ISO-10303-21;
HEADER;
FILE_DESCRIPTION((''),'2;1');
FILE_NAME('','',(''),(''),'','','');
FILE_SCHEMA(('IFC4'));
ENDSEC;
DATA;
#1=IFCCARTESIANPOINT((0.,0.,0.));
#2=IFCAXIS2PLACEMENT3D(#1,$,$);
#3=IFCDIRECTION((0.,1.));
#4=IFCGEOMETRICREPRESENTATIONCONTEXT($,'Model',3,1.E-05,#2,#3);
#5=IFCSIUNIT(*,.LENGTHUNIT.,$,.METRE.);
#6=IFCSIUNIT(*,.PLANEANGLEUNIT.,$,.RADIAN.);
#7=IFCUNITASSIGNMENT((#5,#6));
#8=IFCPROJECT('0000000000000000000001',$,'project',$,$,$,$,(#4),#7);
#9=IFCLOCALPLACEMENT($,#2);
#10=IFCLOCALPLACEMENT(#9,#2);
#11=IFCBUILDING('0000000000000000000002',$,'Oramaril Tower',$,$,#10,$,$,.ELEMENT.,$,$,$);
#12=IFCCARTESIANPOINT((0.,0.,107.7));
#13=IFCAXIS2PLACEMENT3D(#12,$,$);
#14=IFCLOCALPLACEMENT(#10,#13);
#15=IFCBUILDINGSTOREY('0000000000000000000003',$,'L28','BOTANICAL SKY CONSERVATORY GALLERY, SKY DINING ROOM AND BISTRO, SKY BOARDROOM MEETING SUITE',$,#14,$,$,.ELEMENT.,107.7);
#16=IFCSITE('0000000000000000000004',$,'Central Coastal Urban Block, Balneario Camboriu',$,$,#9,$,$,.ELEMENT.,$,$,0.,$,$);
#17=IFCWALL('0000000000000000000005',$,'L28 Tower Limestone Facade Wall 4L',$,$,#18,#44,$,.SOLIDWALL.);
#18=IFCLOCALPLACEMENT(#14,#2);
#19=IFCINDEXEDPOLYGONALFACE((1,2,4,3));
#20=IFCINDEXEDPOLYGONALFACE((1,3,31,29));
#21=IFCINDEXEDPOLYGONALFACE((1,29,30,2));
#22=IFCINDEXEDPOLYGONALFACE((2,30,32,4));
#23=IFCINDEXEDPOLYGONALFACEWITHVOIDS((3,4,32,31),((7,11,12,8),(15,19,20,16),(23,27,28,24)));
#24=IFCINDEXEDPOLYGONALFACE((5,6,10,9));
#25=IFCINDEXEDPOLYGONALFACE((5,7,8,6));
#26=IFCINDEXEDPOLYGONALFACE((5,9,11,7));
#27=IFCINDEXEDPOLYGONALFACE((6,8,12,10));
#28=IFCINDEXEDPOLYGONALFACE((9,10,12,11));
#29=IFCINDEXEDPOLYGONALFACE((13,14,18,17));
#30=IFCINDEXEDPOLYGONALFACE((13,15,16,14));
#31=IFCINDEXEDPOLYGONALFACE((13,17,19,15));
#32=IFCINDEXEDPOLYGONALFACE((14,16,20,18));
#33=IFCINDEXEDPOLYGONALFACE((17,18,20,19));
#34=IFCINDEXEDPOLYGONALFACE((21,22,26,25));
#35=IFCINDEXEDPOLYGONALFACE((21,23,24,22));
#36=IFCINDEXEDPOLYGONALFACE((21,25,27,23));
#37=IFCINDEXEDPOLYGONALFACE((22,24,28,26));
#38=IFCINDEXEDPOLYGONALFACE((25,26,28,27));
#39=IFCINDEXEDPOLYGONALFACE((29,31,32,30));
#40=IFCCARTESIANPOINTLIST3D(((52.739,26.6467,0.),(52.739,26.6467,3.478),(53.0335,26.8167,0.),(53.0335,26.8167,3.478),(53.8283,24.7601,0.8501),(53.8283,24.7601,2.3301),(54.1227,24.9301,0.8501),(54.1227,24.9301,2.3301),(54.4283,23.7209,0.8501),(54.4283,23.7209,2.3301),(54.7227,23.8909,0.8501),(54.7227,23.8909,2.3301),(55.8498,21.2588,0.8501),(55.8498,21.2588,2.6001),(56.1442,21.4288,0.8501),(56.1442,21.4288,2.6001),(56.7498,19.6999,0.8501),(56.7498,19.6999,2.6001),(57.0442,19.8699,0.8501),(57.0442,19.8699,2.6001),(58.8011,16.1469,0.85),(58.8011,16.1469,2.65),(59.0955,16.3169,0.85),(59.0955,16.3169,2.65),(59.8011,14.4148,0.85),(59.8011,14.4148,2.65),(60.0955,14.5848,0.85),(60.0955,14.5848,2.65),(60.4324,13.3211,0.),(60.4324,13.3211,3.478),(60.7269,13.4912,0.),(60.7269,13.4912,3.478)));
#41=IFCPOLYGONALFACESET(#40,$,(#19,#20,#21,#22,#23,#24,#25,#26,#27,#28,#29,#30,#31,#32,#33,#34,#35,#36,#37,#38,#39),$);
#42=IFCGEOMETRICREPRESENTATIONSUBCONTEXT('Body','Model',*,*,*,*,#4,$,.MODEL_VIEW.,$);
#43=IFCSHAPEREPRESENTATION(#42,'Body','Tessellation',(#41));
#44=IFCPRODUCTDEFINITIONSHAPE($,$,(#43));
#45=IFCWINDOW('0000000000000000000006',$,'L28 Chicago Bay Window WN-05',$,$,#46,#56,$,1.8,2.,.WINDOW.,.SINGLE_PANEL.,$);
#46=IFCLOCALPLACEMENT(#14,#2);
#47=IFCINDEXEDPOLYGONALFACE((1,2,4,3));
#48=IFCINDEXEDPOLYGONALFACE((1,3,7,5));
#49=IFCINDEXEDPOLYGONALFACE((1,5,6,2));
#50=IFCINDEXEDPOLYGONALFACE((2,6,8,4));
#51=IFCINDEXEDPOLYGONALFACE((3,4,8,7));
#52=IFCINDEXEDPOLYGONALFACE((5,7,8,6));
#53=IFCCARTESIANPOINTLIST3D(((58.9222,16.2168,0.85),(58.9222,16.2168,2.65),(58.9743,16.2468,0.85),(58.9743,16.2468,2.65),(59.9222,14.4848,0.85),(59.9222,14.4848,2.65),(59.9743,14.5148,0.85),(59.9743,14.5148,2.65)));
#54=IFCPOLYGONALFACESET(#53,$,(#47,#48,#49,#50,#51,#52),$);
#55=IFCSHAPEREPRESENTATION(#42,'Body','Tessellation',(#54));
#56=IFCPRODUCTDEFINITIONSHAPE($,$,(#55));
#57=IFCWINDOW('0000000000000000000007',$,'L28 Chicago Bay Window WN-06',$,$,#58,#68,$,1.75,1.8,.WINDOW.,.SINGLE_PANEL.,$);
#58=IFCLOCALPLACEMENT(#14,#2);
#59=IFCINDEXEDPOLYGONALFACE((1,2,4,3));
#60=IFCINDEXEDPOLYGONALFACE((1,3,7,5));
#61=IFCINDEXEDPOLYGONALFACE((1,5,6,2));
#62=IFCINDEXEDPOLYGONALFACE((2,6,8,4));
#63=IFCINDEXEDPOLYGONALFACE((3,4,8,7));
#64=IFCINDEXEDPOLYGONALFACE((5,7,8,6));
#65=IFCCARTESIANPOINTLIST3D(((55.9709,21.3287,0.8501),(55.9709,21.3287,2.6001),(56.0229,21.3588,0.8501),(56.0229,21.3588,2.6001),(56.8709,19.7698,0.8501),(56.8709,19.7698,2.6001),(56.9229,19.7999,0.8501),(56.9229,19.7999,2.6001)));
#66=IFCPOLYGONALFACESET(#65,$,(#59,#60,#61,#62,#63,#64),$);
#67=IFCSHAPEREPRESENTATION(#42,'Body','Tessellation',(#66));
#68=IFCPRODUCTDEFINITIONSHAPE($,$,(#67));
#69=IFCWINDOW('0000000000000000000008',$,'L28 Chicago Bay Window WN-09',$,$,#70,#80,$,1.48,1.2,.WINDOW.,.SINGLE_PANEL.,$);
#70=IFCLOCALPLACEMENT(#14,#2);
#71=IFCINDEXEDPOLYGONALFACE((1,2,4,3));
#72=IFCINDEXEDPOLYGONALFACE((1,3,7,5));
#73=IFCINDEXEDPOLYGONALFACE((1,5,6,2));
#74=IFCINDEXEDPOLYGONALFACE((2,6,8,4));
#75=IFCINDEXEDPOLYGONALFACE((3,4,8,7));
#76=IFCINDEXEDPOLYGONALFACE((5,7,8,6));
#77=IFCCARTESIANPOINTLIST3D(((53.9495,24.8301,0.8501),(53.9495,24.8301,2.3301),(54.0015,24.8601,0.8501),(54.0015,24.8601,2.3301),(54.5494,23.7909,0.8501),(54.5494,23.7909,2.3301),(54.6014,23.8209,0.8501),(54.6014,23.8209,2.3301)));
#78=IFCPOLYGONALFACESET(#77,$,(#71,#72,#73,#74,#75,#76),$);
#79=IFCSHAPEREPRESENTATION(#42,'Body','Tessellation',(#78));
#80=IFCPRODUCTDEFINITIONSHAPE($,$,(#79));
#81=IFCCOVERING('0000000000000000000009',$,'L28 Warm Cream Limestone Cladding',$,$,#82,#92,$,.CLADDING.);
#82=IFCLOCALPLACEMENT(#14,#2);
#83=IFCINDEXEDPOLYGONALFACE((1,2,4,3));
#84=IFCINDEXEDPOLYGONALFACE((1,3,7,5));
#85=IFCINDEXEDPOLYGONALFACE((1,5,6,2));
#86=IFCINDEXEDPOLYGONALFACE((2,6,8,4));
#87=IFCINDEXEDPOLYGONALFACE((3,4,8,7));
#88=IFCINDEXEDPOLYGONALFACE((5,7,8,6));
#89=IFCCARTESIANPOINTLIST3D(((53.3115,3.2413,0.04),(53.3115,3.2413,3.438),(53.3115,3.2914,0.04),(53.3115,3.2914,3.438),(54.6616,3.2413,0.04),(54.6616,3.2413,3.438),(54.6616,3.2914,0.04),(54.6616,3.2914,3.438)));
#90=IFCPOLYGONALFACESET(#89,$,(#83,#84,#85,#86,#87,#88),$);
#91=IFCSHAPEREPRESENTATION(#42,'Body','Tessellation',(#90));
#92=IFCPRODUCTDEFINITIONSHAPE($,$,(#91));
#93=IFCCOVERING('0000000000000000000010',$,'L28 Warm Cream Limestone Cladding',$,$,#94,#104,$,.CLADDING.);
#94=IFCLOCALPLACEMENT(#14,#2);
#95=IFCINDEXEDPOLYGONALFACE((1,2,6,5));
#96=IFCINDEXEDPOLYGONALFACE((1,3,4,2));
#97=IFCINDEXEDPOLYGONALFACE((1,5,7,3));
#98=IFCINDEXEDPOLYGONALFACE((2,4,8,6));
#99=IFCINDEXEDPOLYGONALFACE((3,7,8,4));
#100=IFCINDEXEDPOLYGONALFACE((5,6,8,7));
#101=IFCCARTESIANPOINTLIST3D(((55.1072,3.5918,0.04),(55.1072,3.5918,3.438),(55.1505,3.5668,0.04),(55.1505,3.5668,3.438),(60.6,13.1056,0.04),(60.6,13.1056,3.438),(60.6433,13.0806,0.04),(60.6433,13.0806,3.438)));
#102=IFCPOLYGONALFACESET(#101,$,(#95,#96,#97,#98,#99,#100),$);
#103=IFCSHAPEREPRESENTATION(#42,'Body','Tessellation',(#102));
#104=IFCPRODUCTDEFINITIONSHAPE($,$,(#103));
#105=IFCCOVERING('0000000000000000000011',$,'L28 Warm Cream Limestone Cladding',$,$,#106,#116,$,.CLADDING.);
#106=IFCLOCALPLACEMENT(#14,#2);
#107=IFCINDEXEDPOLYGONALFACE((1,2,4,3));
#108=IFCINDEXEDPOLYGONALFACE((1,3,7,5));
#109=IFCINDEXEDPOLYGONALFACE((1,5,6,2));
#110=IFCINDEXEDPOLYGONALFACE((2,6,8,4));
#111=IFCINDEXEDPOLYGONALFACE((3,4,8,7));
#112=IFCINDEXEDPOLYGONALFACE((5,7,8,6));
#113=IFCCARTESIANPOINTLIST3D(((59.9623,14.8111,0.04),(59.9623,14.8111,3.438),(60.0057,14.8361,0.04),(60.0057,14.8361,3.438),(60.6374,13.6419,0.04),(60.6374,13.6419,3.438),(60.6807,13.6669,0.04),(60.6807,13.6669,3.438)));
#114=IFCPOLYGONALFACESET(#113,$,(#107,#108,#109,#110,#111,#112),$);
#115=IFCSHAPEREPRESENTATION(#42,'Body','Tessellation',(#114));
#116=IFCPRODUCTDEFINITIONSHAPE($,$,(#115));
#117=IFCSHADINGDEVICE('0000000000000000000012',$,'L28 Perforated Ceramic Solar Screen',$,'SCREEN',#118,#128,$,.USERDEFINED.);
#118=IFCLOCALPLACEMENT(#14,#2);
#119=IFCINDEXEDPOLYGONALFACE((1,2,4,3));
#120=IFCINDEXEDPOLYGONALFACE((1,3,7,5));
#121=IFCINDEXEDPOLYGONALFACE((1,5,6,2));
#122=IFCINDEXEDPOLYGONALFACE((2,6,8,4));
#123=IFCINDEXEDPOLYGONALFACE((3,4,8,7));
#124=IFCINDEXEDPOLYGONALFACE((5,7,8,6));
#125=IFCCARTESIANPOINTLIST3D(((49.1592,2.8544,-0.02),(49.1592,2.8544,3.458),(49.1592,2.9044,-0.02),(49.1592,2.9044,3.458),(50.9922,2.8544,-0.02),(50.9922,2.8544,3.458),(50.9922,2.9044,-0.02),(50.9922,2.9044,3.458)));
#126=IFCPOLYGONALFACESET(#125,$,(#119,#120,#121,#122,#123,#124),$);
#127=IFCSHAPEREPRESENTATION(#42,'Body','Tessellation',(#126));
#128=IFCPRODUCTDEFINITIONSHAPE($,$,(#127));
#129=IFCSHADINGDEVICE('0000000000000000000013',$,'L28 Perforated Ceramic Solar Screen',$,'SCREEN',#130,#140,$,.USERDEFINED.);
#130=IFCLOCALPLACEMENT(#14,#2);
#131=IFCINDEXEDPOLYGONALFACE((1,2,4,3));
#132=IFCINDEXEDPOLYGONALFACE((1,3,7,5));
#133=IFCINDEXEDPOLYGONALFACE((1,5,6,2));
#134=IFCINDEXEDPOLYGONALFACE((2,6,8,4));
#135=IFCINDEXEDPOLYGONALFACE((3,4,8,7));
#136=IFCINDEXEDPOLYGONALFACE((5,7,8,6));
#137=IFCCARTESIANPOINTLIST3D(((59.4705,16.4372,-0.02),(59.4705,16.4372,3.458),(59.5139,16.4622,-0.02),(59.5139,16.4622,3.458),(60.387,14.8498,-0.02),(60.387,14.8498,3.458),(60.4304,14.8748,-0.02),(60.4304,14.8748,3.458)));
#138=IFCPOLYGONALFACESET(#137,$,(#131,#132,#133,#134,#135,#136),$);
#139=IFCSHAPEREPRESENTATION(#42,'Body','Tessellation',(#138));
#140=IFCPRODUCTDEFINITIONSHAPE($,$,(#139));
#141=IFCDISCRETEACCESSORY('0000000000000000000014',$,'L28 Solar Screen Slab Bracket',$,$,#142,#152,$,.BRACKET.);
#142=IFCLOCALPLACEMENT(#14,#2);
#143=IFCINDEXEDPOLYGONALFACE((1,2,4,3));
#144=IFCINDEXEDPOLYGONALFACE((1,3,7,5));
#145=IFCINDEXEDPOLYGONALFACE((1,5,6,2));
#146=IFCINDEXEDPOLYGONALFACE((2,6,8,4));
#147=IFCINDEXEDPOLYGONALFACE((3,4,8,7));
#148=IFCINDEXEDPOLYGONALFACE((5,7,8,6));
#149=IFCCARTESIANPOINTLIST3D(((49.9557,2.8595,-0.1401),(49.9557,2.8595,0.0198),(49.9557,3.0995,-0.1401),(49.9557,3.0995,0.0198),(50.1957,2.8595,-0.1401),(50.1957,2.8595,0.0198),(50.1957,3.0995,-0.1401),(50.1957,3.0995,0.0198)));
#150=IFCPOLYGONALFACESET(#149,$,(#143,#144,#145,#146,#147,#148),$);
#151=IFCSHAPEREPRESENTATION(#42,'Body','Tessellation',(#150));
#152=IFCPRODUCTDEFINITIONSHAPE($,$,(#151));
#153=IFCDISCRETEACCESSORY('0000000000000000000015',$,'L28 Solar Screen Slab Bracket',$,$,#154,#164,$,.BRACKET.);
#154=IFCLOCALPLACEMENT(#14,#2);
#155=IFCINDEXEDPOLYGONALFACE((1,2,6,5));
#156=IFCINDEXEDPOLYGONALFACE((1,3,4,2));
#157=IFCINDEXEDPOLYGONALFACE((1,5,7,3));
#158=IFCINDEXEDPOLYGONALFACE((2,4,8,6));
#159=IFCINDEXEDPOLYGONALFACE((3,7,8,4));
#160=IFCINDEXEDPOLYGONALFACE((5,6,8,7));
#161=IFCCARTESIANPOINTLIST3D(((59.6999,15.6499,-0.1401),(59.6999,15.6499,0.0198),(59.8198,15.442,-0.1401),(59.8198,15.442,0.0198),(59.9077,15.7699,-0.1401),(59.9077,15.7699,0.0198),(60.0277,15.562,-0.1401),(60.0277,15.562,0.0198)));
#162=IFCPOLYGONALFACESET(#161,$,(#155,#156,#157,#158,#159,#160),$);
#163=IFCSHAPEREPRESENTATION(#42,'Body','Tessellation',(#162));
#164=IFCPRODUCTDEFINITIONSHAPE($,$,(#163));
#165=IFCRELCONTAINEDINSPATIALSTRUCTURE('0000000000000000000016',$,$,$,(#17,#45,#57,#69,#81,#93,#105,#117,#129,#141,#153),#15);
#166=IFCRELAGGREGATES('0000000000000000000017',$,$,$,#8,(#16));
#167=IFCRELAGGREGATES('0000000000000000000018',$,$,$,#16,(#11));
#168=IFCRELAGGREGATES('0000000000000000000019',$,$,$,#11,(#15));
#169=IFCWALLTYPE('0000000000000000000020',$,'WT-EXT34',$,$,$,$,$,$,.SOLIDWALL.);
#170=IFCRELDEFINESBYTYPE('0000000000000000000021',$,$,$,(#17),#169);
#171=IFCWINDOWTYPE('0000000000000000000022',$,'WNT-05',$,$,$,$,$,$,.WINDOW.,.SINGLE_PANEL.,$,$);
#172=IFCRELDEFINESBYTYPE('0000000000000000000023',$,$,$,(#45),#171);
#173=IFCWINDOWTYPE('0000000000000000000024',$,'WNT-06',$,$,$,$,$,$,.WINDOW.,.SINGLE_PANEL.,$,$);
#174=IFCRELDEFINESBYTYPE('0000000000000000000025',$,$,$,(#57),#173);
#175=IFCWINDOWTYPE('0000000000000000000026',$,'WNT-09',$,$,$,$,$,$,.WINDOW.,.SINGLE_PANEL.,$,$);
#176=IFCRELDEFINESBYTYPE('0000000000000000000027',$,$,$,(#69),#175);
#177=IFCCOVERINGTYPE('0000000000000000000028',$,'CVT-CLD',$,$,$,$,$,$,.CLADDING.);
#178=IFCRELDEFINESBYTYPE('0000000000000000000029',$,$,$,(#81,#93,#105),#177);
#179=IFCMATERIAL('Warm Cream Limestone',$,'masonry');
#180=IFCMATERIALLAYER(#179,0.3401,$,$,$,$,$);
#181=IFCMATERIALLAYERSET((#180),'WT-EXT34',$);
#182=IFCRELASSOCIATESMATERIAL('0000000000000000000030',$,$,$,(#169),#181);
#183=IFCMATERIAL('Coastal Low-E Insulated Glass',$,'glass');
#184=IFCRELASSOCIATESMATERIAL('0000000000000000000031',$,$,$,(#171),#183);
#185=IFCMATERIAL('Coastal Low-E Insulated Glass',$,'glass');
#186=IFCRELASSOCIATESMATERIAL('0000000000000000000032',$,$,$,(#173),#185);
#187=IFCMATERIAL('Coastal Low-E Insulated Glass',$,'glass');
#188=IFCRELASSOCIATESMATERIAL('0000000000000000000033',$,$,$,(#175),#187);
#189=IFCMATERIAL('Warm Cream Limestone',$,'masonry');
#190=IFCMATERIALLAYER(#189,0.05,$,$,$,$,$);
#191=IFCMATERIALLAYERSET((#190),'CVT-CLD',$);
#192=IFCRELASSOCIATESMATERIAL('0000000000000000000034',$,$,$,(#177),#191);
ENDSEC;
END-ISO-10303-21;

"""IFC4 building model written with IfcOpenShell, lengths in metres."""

from ifc_helpers import new_model, si_unit, direction, frame, frame_2d, origin, origin_2d, place, context, subcontext, project, spatial, rectangle, extrude, material, layer, layer_set, type_object, element, fill, save


model = new_model("IFC4")

# Units and contexts
model_context = context("Model", 3, precision=1e-05, world=origin(), true_north=direction((0.0, 1.0)))
body_context = subcontext(model_context, "Body", "Model", "MODEL_VIEW")
ifc_project = project(units=[si_unit("LENGTHUNIT", "METRE"), si_unit("PLANEANGLEUNIT", "RADIAN")], contexts=[model_context])

# Site, building, storey
site_placement = place(None, origin())
site = spatial("IfcSite", under=ifc_project, at=site_placement, Name="Central Coastal Urban Block, Balneario Camboriu", CompositionType="ELEMENT", RefElevation=0.0)
building_placement = place(site_placement, origin())
building = spatial("IfcBuilding", under=site, at=building_placement, Name="Oramaril Tower", CompositionType="ELEMENT")
storey_placement = place(building_placement, frame((0.0, 0.0, 107.7)))
storey = spatial("IfcBuildingStorey", under=building, at=storey_placement, Name="L28", Description="BOTANICAL SKY CONSERVATORY GALLERY, SKY DINING ROOM AND BISTRO, SKY BOARDROOM MEETING SUITE", CompositionType="ELEMENT", Elevation=107.7)

# Shared definitions
ifc_material_1 = material(Name="Warm Cream Limestone", Category="masonry")
ifc_layer_1 = layer(ifc_material_1, 0.3401)
ifc_layer_set_1 = layer_set([ifc_layer_1], Name="WT-EXT34")
wall_type = type_object("IfcWallType", Name="WT-EXT34", PredefinedType="SOLIDWALL", material=ifc_layer_set_1)

# Wall, openings, windows
wall_1_placement = place(storey_placement, frame((60.5796, 13.4062, 0.0), z_axis=(0.0, 0.0, 1.0), x_axis=(-0.499996, 0.866028, 0.0)))
wall_1 = element("IfcWall", 1, at=wall_1_placement, inside=storey, type_object=wall_type, Name="L28 Tower Limestone Facade Wall 4L", PredefinedType="SOLIDWALL", context=body_context, shape_type="SweptSolid", body=[
    extrude(rectangle(XDim=15.387, YDim=0.3401, at=frame_2d((7.6934, 0.0))), origin(), (0.0, 0.0, 1.0), 3.478),
])
opening_1_placement = place(wall_1_placement, frame((1.2627, 0.0, 0.8501)))
opening_1 = element("IfcOpeningElement", 2, at=opening_1_placement, cuts=wall_1, PredefinedType="OPENING", context=body_context, shape_type="SweptSolid", body=[
    extrude(rectangle(XDim=2.0, YDim=1.8, at=frame_2d((1.0, 0.8999))), frame((0.0, 0.1699, 0.0), z_axis=(0.0, -1.0, 0.0), x_axis=(1.0, 0.0, 0.0)), (0.0, 0.0, 1.0), 0.3401),
])
opening_2_placement = place(wall_1_placement, frame((7.3655, 0.0, 0.8501)))
opening_2 = element("IfcOpeningElement", 3, at=opening_2_placement, cuts=wall_1, PredefinedType="OPENING", context=body_context, shape_type="SweptSolid", body=[
    extrude(rectangle(XDim=1.8, YDim=1.75, at=frame_2d((0.8999, 0.875))), frame((0.0, 0.1699, 0.0), z_axis=(0.0, -1.0, 0.0), x_axis=(1.0, 0.0, 0.0)), (0.0, 0.0, 1.0), 0.3401),
])
opening_3_placement = place(wall_1_placement, frame((12.0083, 0.0, 0.8501)))
opening_3 = element("IfcOpeningElement", 4, at=opening_3_placement, cuts=wall_1, PredefinedType="OPENING", context=body_context, shape_type="SweptSolid", body=[
    extrude(rectangle(XDim=1.2, YDim=1.48, at=frame_2d((0.6001, 0.74))), frame((0.0, 0.1699, 0.0), z_axis=(0.0, -1.0, 0.0), x_axis=(1.0, 0.0, 0.0)), (0.0, 0.0, 1.0), 0.3401),
])
ifc_material_2 = material(Name="Coastal Low-E Insulated Glass", Category="glass")
window_type_1 = type_object("IfcWindowType", Name="WNT-05", PartitioningType="SINGLE_PANEL", PredefinedType="WINDOW", material=ifc_material_2)
window_1_placement = place(opening_1_placement, origin())
window_1 = element("IfcWindow", 5, at=window_1_placement, inside=storey, type_object=window_type_1, Name="L28 Chicago Bay Window WN-05", OverallHeight=1.8, OverallWidth=2.0, PartitioningType="SINGLE_PANEL", PredefinedType="WINDOW", context=body_context, shape_type="SweptSolid", body=[
    extrude(rectangle(XDim=2.0, YDim=1.8, at=frame_2d((1.0, 0.8999))), frame((0.0, 0.03, 0.0), z_axis=(0.0, -1.0, 0.0), x_axis=(1.0, 0.0, 0.0)), (0.0, 0.0, 1.0), 0.0601),
])
fill(opening_1, window_1)
ifc_material_3 = material(Name="Coastal Low-E Insulated Glass", Category="glass")
window_type_2 = type_object("IfcWindowType", Name="WNT-06", PartitioningType="SINGLE_PANEL", PredefinedType="WINDOW", material=ifc_material_3)
window_2_placement = place(opening_2_placement, origin())
window_2 = element("IfcWindow", 6, at=window_2_placement, inside=storey, type_object=window_type_2, Name="L28 Chicago Bay Window WN-06", OverallHeight=1.75, OverallWidth=1.8, PartitioningType="SINGLE_PANEL", PredefinedType="WINDOW", context=body_context, shape_type="SweptSolid", body=[
    extrude(rectangle(XDim=1.8, YDim=1.75, at=frame_2d((0.8999, 0.875))), frame((0.0, 0.03, 0.0), z_axis=(0.0, -1.0, 0.0), x_axis=(1.0, 0.0, 0.0)), (0.0, 0.0, 1.0), 0.0601),
])
fill(opening_2, window_2)
ifc_material_4 = material(Name="Coastal Low-E Insulated Glass", Category="glass")
window_type_3 = type_object("IfcWindowType", Name="WNT-09", PartitioningType="SINGLE_PANEL", PredefinedType="WINDOW", material=ifc_material_4)
window_3_placement = place(opening_3_placement, origin())
window_3 = element("IfcWindow", 7, at=window_3_placement, inside=storey, type_object=window_type_3, Name="L28 Chicago Bay Window WN-09", OverallHeight=1.48, OverallWidth=1.2, PartitioningType="SINGLE_PANEL", PredefinedType="WINDOW", context=body_context, shape_type="SweptSolid", body=[
    extrude(rectangle(XDim=1.2, YDim=1.48, at=frame_2d((0.6001, 0.74))), frame((0.0, 0.03, 0.0), z_axis=(0.0, -1.0, 0.0), x_axis=(1.0, 0.0, 0.0)), (0.0, 0.0, 1.0), 0.0601),
])
fill(opening_3, window_3)

# Coverings
ifc_material_5 = material(Name="Warm Cream Limestone", Category="masonry")
ifc_layer_2 = layer(ifc_material_5, 0.05)
ifc_layer_set_2 = layer_set([ifc_layer_2], Name="CVT-CLD")
covering_type = type_object("IfcCoveringType", Name="CVT-CLD", PredefinedType="CLADDING", material=ifc_layer_set_2)
covering_1_placement = place(storey_placement, frame((53.9866, 3.2664, 0.04), z_axis=(0.0, 0.0, 1.0), x_axis=(1.0, 0.0, 0.0)))
element("IfcCovering", 8, at=covering_1_placement, inside=storey, type_object=covering_type, Name="L28 Warm Cream Limestone Cladding", PredefinedType="CLADDING", context=body_context, shape_type="SweptSolid", body=[
    extrude(rectangle(XDim=1.3501, YDim=0.05, at=origin_2d()), origin(), (0.0, 0.0, 1.0), 3.3979),
])
covering_2_placement = place(storey_placement, frame((57.8752, 8.3362, 0.04), z_axis=(0.0, 0.0, 1.0), x_axis=(0.500003, 0.866024, 0.0)))
element("IfcCovering", 9, at=covering_2_placement, inside=storey, type_object=covering_type, Name="L28 Warm Cream Limestone Cladding", PredefinedType="CLADDING", context=body_context, shape_type="SweptSolid", body=[
    extrude(rectangle(XDim=10.9856, YDim=0.05, at=origin_2d()), origin(), (0.0, 0.0, 1.0), 3.3979),
])
covering_3_placement = place(storey_placement, frame((60.3215, 14.239, 0.04), z_axis=(0.0, 0.0, 1.0), x_axis=(-0.499998, 0.866026, 0.0)))
element("IfcCovering", 10, at=covering_3_placement, inside=storey, type_object=covering_type, Name="L28 Warm Cream Limestone Cladding", PredefinedType="CLADDING", context=body_context, shape_type="SweptSolid", body=[
    extrude(rectangle(XDim=1.3501, YDim=0.05, at=origin_2d()), origin(), (0.0, 0.0, 1.0), 3.3979),
])

# Shading devices
for number, where, z_axis, x_axis, name in (
    (11, (50.0757, 2.8794, -0.02), (0.0, 0.0, 1.0), (1.0, 0.0, 0.0), "L28 Perforated Ceramic Solar Screen"),
    (12, (59.9504, 15.656, -0.02), (0.0, 0.0, 1.0), (-0.499997, 0.866027, 0.0), "L28 Perforated Ceramic Solar Screen"),
):
    element("IfcShadingDevice", number, at=place(storey_placement, frame(where, z_axis=z_axis, x_axis=x_axis)), inside=storey, Name=name, ObjectType="SCREEN", PredefinedType="USERDEFINED", context=body_context, shape_type="SweptSolid", body=[
        extrude(rectangle(XDim=1.833, YDim=0.05, at=origin_2d()), origin(), (0.0, 0.0, 1.0), 3.478),
    ])

# Discrete accessories
for number, where, z_axis, x_axis, name in (
    (13, (50.0757, 2.9795, -0.1401), (0.0, 0.0, 1.0), (1.0, 0.0, 0.0), "L28 Solar Screen Slab Bracket"),
    (14, (59.8638, 15.606, -0.1401), (0.0, 0.0, 1.0), (-0.499997, 0.866027, 0.0), "L28 Solar Screen Slab Bracket"),
):
    element("IfcDiscreteAccessory", number, at=place(storey_placement, frame(where, z_axis=z_axis, x_axis=x_axis)), inside=storey, Name=name, PredefinedType="BRACKET", context=body_context, shape_type="SweptSolid", body=[
        extrude(rectangle(XDim=0.24, YDim=0.24, at=origin_2d()), origin(), (0.0, 0.0, 1.0), 0.1599),
    ])

save(model, "model.ifc")
